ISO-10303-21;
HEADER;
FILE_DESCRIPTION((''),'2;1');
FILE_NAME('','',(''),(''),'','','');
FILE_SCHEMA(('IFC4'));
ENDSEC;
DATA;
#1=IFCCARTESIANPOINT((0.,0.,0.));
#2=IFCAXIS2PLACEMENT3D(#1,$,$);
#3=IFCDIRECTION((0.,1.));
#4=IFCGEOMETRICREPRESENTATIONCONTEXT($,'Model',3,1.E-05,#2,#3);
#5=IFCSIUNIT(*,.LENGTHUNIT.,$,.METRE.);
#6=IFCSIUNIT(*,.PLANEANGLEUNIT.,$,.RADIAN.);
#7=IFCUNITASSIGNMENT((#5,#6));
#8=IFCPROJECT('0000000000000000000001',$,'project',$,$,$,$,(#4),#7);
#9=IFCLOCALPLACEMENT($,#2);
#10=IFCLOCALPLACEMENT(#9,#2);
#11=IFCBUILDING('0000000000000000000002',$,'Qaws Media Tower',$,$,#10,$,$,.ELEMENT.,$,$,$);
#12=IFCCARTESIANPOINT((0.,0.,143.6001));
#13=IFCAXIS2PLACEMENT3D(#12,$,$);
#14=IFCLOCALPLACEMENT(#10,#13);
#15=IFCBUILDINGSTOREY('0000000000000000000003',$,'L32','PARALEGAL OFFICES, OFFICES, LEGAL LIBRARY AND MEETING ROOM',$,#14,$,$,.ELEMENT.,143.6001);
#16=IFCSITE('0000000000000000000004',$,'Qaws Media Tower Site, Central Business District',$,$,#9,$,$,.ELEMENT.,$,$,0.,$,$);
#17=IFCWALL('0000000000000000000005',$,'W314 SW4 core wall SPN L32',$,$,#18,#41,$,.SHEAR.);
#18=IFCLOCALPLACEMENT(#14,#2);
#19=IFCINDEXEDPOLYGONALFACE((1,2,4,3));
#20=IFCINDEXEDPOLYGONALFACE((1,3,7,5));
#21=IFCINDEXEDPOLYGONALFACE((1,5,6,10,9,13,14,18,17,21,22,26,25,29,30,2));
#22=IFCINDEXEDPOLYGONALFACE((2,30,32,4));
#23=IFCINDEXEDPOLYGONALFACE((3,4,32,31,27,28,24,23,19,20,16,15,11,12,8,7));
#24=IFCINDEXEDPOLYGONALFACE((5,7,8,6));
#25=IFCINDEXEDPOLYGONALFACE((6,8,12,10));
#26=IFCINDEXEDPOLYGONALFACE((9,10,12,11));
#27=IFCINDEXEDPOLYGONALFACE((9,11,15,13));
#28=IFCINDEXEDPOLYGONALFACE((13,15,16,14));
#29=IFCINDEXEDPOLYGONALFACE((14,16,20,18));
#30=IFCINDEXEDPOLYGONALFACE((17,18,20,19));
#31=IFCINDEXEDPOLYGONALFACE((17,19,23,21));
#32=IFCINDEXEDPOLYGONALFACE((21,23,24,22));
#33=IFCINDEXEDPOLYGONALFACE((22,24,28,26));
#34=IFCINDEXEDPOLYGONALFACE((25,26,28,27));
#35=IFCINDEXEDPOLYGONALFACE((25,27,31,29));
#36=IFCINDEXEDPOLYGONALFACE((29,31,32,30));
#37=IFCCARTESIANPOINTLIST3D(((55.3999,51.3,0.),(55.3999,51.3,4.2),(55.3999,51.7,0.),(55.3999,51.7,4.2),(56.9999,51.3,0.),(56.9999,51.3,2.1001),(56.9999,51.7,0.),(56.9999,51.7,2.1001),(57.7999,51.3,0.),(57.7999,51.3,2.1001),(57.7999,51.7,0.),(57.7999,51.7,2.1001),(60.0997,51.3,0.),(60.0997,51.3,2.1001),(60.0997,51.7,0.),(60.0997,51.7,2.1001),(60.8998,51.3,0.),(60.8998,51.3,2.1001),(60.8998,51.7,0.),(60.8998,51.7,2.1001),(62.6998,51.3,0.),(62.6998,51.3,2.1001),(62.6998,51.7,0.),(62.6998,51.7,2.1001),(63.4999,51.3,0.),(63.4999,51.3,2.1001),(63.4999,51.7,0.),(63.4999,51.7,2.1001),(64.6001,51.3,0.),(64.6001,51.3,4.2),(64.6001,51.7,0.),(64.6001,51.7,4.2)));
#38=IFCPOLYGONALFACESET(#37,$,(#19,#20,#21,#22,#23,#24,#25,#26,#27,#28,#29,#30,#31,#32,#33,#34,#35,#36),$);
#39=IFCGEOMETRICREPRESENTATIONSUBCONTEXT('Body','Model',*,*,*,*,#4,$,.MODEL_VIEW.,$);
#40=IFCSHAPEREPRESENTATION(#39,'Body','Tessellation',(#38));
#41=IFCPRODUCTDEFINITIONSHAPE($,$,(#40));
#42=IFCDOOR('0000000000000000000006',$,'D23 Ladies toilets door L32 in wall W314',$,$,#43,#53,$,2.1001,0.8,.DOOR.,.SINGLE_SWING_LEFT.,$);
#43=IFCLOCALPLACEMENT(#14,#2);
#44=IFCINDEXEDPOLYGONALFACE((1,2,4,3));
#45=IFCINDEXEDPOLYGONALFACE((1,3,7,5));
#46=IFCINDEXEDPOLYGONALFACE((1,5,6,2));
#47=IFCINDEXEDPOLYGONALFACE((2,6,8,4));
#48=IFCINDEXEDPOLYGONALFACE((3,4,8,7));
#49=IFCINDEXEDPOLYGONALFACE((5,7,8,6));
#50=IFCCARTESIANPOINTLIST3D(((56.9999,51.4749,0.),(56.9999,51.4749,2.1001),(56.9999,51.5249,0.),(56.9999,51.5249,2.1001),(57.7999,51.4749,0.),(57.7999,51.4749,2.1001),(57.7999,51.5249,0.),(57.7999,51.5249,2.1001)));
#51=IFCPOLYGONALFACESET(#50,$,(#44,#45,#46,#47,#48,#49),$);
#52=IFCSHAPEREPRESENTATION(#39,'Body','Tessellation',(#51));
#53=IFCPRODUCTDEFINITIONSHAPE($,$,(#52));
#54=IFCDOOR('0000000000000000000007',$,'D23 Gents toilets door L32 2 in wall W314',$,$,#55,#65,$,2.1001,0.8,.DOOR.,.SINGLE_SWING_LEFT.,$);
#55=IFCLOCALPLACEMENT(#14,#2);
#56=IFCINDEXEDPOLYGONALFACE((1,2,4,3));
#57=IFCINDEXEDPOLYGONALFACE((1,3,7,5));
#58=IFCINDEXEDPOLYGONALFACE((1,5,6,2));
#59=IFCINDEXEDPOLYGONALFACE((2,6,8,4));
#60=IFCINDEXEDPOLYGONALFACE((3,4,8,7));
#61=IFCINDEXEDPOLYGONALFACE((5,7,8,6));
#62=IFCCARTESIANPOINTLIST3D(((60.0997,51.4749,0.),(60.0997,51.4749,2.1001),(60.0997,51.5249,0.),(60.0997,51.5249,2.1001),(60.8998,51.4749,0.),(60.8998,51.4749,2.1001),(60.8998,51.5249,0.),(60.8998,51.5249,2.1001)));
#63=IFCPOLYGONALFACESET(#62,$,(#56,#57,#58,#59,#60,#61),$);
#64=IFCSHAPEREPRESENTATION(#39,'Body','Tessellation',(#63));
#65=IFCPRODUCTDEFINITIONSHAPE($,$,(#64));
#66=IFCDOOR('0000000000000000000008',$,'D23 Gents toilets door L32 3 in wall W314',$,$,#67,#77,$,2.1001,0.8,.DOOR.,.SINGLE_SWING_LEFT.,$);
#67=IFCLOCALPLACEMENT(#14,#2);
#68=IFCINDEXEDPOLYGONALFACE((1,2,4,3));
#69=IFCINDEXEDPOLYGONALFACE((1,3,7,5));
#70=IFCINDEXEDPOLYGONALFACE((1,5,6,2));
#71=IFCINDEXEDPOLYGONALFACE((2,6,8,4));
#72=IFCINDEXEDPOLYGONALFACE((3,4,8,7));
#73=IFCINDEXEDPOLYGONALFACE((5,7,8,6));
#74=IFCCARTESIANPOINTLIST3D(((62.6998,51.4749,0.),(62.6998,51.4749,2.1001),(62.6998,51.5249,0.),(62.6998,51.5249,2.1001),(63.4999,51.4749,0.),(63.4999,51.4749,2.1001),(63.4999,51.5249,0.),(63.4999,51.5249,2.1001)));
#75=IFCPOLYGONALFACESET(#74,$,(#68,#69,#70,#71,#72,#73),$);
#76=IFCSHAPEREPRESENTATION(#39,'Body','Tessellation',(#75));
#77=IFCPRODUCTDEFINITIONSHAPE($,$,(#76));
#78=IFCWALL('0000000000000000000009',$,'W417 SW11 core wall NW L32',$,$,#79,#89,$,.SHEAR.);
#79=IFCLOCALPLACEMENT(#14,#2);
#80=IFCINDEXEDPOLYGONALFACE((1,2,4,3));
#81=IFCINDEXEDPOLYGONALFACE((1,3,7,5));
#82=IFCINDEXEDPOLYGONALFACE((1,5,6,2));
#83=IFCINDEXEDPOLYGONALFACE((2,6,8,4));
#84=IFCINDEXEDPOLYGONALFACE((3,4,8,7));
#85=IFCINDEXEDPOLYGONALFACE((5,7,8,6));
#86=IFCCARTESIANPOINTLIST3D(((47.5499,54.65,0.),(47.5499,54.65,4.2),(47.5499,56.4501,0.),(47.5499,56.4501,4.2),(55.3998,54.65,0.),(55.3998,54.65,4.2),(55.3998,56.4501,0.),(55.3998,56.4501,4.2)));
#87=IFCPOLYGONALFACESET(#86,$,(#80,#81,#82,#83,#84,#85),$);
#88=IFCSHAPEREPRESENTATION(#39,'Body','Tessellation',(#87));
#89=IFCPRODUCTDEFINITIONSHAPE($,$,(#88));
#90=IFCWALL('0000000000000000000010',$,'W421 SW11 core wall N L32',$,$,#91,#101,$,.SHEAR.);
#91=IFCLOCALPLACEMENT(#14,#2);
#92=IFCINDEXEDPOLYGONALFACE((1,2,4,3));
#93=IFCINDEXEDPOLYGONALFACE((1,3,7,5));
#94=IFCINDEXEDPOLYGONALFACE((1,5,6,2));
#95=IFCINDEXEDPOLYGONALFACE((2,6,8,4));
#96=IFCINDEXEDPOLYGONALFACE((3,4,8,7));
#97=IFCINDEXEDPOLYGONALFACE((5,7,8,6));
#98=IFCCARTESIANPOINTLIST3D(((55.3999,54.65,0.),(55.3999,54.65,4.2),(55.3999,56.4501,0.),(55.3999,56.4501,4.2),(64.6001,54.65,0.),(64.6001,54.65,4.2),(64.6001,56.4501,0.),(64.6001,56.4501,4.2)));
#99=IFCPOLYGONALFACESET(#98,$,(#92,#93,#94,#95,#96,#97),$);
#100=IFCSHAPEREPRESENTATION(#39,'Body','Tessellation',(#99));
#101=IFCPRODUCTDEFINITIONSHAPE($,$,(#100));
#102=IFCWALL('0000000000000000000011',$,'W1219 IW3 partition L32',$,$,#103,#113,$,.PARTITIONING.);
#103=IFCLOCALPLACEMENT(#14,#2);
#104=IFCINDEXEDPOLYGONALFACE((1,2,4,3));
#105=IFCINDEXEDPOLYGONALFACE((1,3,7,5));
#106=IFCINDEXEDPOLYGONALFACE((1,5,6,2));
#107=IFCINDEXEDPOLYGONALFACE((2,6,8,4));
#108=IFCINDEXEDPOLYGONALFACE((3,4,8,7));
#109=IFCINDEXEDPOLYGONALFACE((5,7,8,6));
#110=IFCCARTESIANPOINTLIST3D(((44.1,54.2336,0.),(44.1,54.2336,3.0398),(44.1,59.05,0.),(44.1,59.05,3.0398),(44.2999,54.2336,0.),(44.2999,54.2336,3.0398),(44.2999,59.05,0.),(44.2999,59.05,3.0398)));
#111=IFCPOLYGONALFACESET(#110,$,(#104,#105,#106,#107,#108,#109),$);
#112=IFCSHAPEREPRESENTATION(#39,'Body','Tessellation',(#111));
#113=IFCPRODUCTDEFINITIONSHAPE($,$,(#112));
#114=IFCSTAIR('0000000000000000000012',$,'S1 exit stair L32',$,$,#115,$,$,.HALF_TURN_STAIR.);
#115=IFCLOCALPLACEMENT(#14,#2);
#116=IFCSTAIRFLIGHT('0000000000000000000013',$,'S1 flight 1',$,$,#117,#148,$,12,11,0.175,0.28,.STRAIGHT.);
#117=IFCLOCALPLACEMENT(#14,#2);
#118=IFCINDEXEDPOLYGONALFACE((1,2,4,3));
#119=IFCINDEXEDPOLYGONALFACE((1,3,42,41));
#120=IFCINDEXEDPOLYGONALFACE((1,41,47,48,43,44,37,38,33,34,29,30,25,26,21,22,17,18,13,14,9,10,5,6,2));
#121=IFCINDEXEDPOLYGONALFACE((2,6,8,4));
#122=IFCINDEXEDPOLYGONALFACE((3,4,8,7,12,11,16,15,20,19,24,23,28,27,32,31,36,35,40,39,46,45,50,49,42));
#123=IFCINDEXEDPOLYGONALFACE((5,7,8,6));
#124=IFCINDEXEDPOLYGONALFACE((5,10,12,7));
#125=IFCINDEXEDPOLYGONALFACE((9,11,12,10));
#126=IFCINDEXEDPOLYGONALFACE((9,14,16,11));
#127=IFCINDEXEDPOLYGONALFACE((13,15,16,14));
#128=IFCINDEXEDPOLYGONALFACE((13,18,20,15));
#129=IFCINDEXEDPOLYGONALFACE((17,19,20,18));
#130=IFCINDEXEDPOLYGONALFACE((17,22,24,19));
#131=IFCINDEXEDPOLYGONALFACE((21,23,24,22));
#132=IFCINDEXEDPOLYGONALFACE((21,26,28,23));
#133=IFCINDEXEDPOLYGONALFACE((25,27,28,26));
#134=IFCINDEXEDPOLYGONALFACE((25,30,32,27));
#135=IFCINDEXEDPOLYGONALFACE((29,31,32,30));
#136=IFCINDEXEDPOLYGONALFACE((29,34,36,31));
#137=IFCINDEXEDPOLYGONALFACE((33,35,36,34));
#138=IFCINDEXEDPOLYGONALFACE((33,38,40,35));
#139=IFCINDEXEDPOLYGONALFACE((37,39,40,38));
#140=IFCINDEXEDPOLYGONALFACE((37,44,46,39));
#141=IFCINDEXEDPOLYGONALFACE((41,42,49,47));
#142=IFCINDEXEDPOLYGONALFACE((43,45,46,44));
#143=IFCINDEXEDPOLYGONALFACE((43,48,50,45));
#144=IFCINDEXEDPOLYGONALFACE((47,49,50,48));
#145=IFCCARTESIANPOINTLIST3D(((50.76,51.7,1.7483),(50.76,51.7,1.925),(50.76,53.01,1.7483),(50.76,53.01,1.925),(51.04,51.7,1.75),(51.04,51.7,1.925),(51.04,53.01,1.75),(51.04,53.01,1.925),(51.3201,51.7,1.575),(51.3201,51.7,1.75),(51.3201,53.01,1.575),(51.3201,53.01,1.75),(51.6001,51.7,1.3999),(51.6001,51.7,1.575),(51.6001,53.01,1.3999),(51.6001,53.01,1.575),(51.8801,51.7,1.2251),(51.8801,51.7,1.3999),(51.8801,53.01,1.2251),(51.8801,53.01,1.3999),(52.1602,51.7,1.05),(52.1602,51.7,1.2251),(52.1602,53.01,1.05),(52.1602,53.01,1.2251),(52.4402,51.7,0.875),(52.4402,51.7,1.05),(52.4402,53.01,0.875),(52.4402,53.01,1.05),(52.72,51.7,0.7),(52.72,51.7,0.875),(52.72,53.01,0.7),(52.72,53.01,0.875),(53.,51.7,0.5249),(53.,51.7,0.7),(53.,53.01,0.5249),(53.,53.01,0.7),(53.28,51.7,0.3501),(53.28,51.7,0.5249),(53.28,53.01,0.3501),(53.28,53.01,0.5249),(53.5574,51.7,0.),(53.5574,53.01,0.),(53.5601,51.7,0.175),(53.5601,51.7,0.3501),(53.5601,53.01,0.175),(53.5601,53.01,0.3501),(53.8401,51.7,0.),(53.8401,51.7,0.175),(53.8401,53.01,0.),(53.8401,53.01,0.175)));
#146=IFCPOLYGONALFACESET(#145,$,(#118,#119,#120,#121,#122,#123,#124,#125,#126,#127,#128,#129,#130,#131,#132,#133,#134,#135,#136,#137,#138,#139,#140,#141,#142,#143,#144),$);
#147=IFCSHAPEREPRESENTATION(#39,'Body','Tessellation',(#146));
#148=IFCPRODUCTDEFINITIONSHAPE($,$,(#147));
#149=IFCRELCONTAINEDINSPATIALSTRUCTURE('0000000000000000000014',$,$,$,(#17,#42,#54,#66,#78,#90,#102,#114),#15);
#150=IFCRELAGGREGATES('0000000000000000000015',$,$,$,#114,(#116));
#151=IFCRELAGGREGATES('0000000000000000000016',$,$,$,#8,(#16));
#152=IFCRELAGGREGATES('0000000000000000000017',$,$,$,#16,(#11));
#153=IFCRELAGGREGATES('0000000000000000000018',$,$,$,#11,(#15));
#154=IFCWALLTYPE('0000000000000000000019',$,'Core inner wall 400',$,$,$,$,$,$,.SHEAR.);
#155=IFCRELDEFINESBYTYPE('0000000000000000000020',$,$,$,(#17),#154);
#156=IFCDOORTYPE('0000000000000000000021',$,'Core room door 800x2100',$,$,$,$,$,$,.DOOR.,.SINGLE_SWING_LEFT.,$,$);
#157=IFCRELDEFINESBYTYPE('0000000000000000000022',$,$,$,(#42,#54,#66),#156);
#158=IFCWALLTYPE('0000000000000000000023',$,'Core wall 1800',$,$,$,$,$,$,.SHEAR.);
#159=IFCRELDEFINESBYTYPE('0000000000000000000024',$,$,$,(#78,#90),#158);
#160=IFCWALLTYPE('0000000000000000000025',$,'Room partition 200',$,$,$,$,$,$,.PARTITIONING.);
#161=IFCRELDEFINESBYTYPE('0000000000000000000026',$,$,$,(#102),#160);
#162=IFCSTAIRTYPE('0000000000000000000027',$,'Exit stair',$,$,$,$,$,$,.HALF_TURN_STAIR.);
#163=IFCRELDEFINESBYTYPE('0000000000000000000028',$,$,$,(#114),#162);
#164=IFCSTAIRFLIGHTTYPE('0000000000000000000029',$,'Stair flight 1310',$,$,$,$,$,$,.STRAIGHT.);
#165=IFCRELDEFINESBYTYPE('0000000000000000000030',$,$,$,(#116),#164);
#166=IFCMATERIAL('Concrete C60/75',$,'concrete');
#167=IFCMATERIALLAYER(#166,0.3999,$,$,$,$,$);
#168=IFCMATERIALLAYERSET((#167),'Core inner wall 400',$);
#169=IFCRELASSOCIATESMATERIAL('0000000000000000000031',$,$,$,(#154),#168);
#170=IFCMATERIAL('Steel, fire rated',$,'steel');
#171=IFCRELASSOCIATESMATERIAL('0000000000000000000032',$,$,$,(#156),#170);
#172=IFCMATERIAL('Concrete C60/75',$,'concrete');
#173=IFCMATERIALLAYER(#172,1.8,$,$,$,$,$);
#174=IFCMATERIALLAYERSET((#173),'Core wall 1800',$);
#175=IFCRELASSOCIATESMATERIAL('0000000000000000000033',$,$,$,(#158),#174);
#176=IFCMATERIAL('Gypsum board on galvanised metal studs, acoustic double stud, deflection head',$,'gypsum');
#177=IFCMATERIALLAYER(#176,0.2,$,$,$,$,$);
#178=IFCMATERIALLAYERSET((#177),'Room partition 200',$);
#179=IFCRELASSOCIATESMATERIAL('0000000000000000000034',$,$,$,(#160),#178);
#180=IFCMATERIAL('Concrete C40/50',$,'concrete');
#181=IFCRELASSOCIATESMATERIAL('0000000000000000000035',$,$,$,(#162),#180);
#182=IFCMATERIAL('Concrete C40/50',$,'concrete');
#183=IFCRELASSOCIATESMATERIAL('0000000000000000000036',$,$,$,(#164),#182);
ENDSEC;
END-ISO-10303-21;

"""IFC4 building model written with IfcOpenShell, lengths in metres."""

from ifc_helpers import new_model, si_unit, direction, frame, frame_2d, origin, place, context, subcontext, project, spatial, polyline, rectangle, outline, extrude, material, layer, layer_set, type_object, element, fill, aggregate, save


model = new_model("IFC4")

# Units and contexts
model_context = context("Model", 3, precision=1e-05, world=origin(), true_north=direction((0.0, 1.0)))
body_context = subcontext(model_context, "Body", "Model", "MODEL_VIEW")
ifc_project = project(units=[si_unit("LENGTHUNIT", "METRE"), si_unit("PLANEANGLEUNIT", "RADIAN")], contexts=[model_context])

# Site, building, storey
site_placement = place(None, origin())
site = spatial("IfcSite", under=ifc_project, at=site_placement, Name="Qaws Media Tower Site, Central Business District", CompositionType="ELEMENT", RefElevation=0.0)
building_placement = place(site_placement, origin())
building = spatial("IfcBuilding", under=site, at=building_placement, Name="Qaws Media Tower", CompositionType="ELEMENT")
storey_placement = place(building_placement, frame((0.0, 0.0, 143.6001)))
storey = spatial("IfcBuildingStorey", under=building, at=storey_placement, Name="L32", Description="PARALEGAL OFFICES, OFFICES, LEGAL LIBRARY AND MEETING ROOM", CompositionType="ELEMENT", Elevation=143.6001)

# Shared definitions
ifc_material_1 = material(Name="Concrete C60/75", Category="concrete")
ifc_layer_1 = layer(ifc_material_1, 0.3999)
ifc_layer_set_1 = layer_set([ifc_layer_1], Name="Core inner wall 400")
wall_type_1 = type_object("IfcWallType", Name="Core inner wall 400", PredefinedType="SHEAR", material=ifc_layer_set_1)

# Wall, openings, doors
wall_1_placement = place(storey_placement, frame((55.3999, 51.5, 0.0), z_axis=(0.0, 0.0, 1.0), x_axis=(1.0, 0.0, 0.0)))
wall_1 = element("IfcWall", 1, at=wall_1_placement, inside=storey, type_object=wall_type_1, Name="W314 SW4 core wall SPN L32", PredefinedType="SHEAR", context=body_context, shape_type="SweptSolid", body=[
    extrude(rectangle(XDim=9.2002, YDim=0.3999, at=frame_2d((4.6001, 0.0))), origin(), (0.0, 0.0, 1.0), 4.2),
])
opening_1_placement = place(wall_1_placement, frame((1.6001, 0.0, 0.0)))
opening_1 = element("IfcOpeningElement", 2, at=opening_1_placement, cuts=wall_1, PredefinedType="OPENING", context=body_context, shape_type="SweptSolid", body=[
    extrude(rectangle(XDim=0.8, YDim=2.1001, at=frame_2d((0.3999, 1.05))), frame((0.0, 0.21, 0.0), z_axis=(0.0, -1.0, 0.0), x_axis=(1.0, 0.0, 0.0)), (0.0, 0.0, 1.0), 0.4199),
])
opening_2_placement = place(wall_1_placement, frame((4.7, 0.0, 0.0)))
opening_2 = element("IfcOpeningElement", 3, at=opening_2_placement, cuts=wall_1, PredefinedType="OPENING", context=body_context, shape_type="SweptSolid", body=[
    extrude(rectangle(XDim=0.8, YDim=2.1001, at=frame_2d((0.3999, 1.05))), frame((0.0, 0.21, 0.0), z_axis=(0.0, -1.0, 0.0), x_axis=(1.0, 0.0, 0.0)), (0.0, 0.0, 1.0), 0.4199),
])
opening_3_placement = place(wall_1_placement, frame((7.3, 0.0, 0.0)))
opening_3 = element("IfcOpeningElement", 4, at=opening_3_placement, cuts=wall_1, PredefinedType="OPENING", context=body_context, shape_type="SweptSolid", body=[
    extrude(rectangle(XDim=0.8, YDim=2.1001, at=frame_2d((0.3999, 1.05))), frame((0.0, 0.21, 0.0), z_axis=(0.0, -1.0, 0.0), x_axis=(1.0, 0.0, 0.0)), (0.0, 0.0, 1.0), 0.4199),
])
ifc_material_2 = material(Name="Steel, fire rated", Category="steel")
door_type_1 = type_object("IfcDoorType", Name="Core room door 800x2100", OperationType="SINGLE_SWING_LEFT", PredefinedType="DOOR", material=ifc_material_2)
door_1_placement = place(opening_1_placement, origin())
door_1 = element("IfcDoor", 5, at=door_1_placement, inside=storey, type_object=door_type_1, Name="D23 Ladies toilets door L32 in wall W314", OperationType="SINGLE_SWING_LEFT", OverallHeight=2.1001, OverallWidth=0.8, PredefinedType="DOOR", context=body_context, shape_type="SweptSolid", body=[
    extrude(rectangle(XDim=0.8, YDim=2.1001, at=frame_2d((0.3999, 1.05))), frame((0.0, 0.0249, 0.0), z_axis=(0.0, -1.0, 0.0), x_axis=(1.0, 0.0, 0.0)), (0.0, 0.0, 1.0), 0.05),
])
fill(opening_1, door_1)
door_2_placement = place(opening_2_placement, origin())
door_2 = element("IfcDoor", 6, at=door_2_placement, inside=storey, type_object=door_type_1, Name="D23 Gents toilets door L32 2 in wall W314", OperationType="SINGLE_SWING_LEFT", OverallHeight=2.1001, OverallWidth=0.8, PredefinedType="DOOR", context=body_context, shape_type="SweptSolid", body=[
    extrude(rectangle(XDim=0.8, YDim=2.1001, at=frame_2d((0.3999, 1.05))), frame((0.0, 0.0249, 0.0), z_axis=(0.0, -1.0, 0.0), x_axis=(1.0, 0.0, 0.0)), (0.0, 0.0, 1.0), 0.05),
])
fill(opening_2, door_2)
door_3_placement = place(opening_3_placement, origin())
door_3 = element("IfcDoor", 7, at=door_3_placement, inside=storey, type_object=door_type_1, Name="D23 Gents toilets door L32 3 in wall W314", OperationType="SINGLE_SWING_LEFT", OverallHeight=2.1001, OverallWidth=0.8, PredefinedType="DOOR", context=body_context, shape_type="SweptSolid", body=[
    extrude(rectangle(XDim=0.8, YDim=2.1001, at=frame_2d((0.3999, 1.05))), frame((0.0, 0.0249, 0.0), z_axis=(0.0, -1.0, 0.0), x_axis=(1.0, 0.0, 0.0)), (0.0, 0.0, 1.0), 0.05),
])
fill(opening_3, door_3)

# Walls
ifc_material_3 = material(Name="Concrete C60/75", Category="concrete")
ifc_layer_2 = layer(ifc_material_3, 1.8)
ifc_layer_set_2 = layer_set([ifc_layer_2], Name="Core wall 1800")
wall_type_2 = type_object("IfcWallType", Name="Core wall 1800", PredefinedType="SHEAR", material=ifc_layer_set_2)
wall_2_placement = place(storey_placement, frame((47.55, 55.55, 0.0), z_axis=(0.0, 0.0, 1.0), x_axis=(1.0, 0.0, 0.0)))
element("IfcWall", 8, at=wall_2_placement, inside=storey, type_object=wall_type_2, Name="W417 SW11 core wall NW L32", PredefinedType="SHEAR", context=body_context, shape_type="SweptSolid", body=[
    extrude(rectangle(XDim=7.8499, YDim=1.8, at=frame_2d((3.9248, 0.0))), origin(), (0.0, 0.0, 1.0), 4.2),
])
wall_3_placement = place(storey_placement, frame((55.3999, 55.55, 0.0), z_axis=(0.0, 0.0, 1.0), x_axis=(1.0, 0.0, 0.0)))
element("IfcWall", 9, at=wall_3_placement, inside=storey, type_object=wall_type_2, Name="W421 SW11 core wall N L32", PredefinedType="SHEAR", context=body_context, shape_type="SweptSolid", body=[
    extrude(rectangle(XDim=9.2002, YDim=1.8, at=frame_2d((4.6001, 0.0))), origin(), (0.0, 0.0, 1.0), 4.2),
])
ifc_material_4 = material(Name="Gypsum board on galvanised metal studs, acoustic double stud, deflection head", Category="gypsum")
ifc_layer_3 = layer(ifc_material_4, 0.2)
ifc_layer_set_3 = layer_set([ifc_layer_3], Name="Room partition 200")
wall_type_3 = type_object("IfcWallType", Name="Room partition 200", PredefinedType="PARTITIONING", material=ifc_layer_set_3)
wall_4_placement = place(storey_placement, frame((44.2, 54.2336, 0.0), z_axis=(0.0, 0.0, 1.0), x_axis=(0.0, 1.0, 0.0)))
element("IfcWall", 10, at=wall_4_placement, inside=storey, type_object=wall_type_3, Name="W1219 IW3 partition L32", PredefinedType="PARTITIONING", context=body_context, shape_type="SweptSolid", body=[
    extrude(rectangle(XDim=4.8164, YDim=0.2, at=frame_2d((2.4082, 0.0))), origin(), (0.0, 0.0, 1.0), 3.0398),
])

# Stair, stair flight
ifc_material_5 = material(Name="Concrete C40/50", Category="concrete")
stair_type = type_object("IfcStairType", Name="Exit stair", PredefinedType="HALF_TURN_STAIR", material=ifc_material_5)
stair_placement = place(storey_placement, origin())
stair = element("IfcStair", 11, at=stair_placement, inside=storey, type_object=stair_type, Name="S1 exit stair L32", PredefinedType="HALF_TURN_STAIR")
ifc_material_6 = material(Name="Concrete C40/50", Category="concrete")
stair_flight_type = type_object("IfcStairFlightType", Name="Stair flight 1310", PredefinedType="STRAIGHT", material=ifc_material_6)
stair_flight_1_placement = place(storey_placement, frame((53.8401, 52.355, 0.0), z_axis=(0.0, 0.0, 1.0), x_axis=(-1.0, 0.0, 0.0)))
stair_flight_1 = element("IfcStairFlight", 12, at=stair_flight_1_placement, type_object=stair_flight_type, Name="S1 flight 1", NumberOfRisers=12, NumberOfTreads=11, PredefinedType="STRAIGHT", RiserHeight=0.175, TreadLength=0.28, context=body_context, shape_type="SweptSolid", body=[
    extrude(outline(polyline([(0.0, 0.0), (0.0, 0.175), (0.28, 0.175), (0.28, 0.3501), (0.5601, 0.3501), (0.5601, 0.5249), (0.8401, 0.5249), (0.8401, 0.7), (1.1201, 0.7), (1.1201, 0.875), (1.3999, 0.875), (1.3999, 1.05), (1.6799, 1.05), (1.6799, 1.2251), (1.96, 1.2251), (1.96, 1.3999), (2.24, 1.3999), (2.24, 1.575), (2.52, 1.575), (2.52, 1.75), (2.8, 1.75), (2.8, 1.925), (3.0801, 1.925), (3.0801, 2.1001), (3.0801, 1.7483), (0.2827, 0.0), (0.0, 0.0)])), frame((0.0, 0.655, 0.0), z_axis=(0.0, -1.0, 0.0), x_axis=(1.0, 0.0, 0.0)), (0.0, 0.0, 1.0), 1.3101),
])
aggregate(stair, [stair_flight_1])

save(model, "model.ifc")
